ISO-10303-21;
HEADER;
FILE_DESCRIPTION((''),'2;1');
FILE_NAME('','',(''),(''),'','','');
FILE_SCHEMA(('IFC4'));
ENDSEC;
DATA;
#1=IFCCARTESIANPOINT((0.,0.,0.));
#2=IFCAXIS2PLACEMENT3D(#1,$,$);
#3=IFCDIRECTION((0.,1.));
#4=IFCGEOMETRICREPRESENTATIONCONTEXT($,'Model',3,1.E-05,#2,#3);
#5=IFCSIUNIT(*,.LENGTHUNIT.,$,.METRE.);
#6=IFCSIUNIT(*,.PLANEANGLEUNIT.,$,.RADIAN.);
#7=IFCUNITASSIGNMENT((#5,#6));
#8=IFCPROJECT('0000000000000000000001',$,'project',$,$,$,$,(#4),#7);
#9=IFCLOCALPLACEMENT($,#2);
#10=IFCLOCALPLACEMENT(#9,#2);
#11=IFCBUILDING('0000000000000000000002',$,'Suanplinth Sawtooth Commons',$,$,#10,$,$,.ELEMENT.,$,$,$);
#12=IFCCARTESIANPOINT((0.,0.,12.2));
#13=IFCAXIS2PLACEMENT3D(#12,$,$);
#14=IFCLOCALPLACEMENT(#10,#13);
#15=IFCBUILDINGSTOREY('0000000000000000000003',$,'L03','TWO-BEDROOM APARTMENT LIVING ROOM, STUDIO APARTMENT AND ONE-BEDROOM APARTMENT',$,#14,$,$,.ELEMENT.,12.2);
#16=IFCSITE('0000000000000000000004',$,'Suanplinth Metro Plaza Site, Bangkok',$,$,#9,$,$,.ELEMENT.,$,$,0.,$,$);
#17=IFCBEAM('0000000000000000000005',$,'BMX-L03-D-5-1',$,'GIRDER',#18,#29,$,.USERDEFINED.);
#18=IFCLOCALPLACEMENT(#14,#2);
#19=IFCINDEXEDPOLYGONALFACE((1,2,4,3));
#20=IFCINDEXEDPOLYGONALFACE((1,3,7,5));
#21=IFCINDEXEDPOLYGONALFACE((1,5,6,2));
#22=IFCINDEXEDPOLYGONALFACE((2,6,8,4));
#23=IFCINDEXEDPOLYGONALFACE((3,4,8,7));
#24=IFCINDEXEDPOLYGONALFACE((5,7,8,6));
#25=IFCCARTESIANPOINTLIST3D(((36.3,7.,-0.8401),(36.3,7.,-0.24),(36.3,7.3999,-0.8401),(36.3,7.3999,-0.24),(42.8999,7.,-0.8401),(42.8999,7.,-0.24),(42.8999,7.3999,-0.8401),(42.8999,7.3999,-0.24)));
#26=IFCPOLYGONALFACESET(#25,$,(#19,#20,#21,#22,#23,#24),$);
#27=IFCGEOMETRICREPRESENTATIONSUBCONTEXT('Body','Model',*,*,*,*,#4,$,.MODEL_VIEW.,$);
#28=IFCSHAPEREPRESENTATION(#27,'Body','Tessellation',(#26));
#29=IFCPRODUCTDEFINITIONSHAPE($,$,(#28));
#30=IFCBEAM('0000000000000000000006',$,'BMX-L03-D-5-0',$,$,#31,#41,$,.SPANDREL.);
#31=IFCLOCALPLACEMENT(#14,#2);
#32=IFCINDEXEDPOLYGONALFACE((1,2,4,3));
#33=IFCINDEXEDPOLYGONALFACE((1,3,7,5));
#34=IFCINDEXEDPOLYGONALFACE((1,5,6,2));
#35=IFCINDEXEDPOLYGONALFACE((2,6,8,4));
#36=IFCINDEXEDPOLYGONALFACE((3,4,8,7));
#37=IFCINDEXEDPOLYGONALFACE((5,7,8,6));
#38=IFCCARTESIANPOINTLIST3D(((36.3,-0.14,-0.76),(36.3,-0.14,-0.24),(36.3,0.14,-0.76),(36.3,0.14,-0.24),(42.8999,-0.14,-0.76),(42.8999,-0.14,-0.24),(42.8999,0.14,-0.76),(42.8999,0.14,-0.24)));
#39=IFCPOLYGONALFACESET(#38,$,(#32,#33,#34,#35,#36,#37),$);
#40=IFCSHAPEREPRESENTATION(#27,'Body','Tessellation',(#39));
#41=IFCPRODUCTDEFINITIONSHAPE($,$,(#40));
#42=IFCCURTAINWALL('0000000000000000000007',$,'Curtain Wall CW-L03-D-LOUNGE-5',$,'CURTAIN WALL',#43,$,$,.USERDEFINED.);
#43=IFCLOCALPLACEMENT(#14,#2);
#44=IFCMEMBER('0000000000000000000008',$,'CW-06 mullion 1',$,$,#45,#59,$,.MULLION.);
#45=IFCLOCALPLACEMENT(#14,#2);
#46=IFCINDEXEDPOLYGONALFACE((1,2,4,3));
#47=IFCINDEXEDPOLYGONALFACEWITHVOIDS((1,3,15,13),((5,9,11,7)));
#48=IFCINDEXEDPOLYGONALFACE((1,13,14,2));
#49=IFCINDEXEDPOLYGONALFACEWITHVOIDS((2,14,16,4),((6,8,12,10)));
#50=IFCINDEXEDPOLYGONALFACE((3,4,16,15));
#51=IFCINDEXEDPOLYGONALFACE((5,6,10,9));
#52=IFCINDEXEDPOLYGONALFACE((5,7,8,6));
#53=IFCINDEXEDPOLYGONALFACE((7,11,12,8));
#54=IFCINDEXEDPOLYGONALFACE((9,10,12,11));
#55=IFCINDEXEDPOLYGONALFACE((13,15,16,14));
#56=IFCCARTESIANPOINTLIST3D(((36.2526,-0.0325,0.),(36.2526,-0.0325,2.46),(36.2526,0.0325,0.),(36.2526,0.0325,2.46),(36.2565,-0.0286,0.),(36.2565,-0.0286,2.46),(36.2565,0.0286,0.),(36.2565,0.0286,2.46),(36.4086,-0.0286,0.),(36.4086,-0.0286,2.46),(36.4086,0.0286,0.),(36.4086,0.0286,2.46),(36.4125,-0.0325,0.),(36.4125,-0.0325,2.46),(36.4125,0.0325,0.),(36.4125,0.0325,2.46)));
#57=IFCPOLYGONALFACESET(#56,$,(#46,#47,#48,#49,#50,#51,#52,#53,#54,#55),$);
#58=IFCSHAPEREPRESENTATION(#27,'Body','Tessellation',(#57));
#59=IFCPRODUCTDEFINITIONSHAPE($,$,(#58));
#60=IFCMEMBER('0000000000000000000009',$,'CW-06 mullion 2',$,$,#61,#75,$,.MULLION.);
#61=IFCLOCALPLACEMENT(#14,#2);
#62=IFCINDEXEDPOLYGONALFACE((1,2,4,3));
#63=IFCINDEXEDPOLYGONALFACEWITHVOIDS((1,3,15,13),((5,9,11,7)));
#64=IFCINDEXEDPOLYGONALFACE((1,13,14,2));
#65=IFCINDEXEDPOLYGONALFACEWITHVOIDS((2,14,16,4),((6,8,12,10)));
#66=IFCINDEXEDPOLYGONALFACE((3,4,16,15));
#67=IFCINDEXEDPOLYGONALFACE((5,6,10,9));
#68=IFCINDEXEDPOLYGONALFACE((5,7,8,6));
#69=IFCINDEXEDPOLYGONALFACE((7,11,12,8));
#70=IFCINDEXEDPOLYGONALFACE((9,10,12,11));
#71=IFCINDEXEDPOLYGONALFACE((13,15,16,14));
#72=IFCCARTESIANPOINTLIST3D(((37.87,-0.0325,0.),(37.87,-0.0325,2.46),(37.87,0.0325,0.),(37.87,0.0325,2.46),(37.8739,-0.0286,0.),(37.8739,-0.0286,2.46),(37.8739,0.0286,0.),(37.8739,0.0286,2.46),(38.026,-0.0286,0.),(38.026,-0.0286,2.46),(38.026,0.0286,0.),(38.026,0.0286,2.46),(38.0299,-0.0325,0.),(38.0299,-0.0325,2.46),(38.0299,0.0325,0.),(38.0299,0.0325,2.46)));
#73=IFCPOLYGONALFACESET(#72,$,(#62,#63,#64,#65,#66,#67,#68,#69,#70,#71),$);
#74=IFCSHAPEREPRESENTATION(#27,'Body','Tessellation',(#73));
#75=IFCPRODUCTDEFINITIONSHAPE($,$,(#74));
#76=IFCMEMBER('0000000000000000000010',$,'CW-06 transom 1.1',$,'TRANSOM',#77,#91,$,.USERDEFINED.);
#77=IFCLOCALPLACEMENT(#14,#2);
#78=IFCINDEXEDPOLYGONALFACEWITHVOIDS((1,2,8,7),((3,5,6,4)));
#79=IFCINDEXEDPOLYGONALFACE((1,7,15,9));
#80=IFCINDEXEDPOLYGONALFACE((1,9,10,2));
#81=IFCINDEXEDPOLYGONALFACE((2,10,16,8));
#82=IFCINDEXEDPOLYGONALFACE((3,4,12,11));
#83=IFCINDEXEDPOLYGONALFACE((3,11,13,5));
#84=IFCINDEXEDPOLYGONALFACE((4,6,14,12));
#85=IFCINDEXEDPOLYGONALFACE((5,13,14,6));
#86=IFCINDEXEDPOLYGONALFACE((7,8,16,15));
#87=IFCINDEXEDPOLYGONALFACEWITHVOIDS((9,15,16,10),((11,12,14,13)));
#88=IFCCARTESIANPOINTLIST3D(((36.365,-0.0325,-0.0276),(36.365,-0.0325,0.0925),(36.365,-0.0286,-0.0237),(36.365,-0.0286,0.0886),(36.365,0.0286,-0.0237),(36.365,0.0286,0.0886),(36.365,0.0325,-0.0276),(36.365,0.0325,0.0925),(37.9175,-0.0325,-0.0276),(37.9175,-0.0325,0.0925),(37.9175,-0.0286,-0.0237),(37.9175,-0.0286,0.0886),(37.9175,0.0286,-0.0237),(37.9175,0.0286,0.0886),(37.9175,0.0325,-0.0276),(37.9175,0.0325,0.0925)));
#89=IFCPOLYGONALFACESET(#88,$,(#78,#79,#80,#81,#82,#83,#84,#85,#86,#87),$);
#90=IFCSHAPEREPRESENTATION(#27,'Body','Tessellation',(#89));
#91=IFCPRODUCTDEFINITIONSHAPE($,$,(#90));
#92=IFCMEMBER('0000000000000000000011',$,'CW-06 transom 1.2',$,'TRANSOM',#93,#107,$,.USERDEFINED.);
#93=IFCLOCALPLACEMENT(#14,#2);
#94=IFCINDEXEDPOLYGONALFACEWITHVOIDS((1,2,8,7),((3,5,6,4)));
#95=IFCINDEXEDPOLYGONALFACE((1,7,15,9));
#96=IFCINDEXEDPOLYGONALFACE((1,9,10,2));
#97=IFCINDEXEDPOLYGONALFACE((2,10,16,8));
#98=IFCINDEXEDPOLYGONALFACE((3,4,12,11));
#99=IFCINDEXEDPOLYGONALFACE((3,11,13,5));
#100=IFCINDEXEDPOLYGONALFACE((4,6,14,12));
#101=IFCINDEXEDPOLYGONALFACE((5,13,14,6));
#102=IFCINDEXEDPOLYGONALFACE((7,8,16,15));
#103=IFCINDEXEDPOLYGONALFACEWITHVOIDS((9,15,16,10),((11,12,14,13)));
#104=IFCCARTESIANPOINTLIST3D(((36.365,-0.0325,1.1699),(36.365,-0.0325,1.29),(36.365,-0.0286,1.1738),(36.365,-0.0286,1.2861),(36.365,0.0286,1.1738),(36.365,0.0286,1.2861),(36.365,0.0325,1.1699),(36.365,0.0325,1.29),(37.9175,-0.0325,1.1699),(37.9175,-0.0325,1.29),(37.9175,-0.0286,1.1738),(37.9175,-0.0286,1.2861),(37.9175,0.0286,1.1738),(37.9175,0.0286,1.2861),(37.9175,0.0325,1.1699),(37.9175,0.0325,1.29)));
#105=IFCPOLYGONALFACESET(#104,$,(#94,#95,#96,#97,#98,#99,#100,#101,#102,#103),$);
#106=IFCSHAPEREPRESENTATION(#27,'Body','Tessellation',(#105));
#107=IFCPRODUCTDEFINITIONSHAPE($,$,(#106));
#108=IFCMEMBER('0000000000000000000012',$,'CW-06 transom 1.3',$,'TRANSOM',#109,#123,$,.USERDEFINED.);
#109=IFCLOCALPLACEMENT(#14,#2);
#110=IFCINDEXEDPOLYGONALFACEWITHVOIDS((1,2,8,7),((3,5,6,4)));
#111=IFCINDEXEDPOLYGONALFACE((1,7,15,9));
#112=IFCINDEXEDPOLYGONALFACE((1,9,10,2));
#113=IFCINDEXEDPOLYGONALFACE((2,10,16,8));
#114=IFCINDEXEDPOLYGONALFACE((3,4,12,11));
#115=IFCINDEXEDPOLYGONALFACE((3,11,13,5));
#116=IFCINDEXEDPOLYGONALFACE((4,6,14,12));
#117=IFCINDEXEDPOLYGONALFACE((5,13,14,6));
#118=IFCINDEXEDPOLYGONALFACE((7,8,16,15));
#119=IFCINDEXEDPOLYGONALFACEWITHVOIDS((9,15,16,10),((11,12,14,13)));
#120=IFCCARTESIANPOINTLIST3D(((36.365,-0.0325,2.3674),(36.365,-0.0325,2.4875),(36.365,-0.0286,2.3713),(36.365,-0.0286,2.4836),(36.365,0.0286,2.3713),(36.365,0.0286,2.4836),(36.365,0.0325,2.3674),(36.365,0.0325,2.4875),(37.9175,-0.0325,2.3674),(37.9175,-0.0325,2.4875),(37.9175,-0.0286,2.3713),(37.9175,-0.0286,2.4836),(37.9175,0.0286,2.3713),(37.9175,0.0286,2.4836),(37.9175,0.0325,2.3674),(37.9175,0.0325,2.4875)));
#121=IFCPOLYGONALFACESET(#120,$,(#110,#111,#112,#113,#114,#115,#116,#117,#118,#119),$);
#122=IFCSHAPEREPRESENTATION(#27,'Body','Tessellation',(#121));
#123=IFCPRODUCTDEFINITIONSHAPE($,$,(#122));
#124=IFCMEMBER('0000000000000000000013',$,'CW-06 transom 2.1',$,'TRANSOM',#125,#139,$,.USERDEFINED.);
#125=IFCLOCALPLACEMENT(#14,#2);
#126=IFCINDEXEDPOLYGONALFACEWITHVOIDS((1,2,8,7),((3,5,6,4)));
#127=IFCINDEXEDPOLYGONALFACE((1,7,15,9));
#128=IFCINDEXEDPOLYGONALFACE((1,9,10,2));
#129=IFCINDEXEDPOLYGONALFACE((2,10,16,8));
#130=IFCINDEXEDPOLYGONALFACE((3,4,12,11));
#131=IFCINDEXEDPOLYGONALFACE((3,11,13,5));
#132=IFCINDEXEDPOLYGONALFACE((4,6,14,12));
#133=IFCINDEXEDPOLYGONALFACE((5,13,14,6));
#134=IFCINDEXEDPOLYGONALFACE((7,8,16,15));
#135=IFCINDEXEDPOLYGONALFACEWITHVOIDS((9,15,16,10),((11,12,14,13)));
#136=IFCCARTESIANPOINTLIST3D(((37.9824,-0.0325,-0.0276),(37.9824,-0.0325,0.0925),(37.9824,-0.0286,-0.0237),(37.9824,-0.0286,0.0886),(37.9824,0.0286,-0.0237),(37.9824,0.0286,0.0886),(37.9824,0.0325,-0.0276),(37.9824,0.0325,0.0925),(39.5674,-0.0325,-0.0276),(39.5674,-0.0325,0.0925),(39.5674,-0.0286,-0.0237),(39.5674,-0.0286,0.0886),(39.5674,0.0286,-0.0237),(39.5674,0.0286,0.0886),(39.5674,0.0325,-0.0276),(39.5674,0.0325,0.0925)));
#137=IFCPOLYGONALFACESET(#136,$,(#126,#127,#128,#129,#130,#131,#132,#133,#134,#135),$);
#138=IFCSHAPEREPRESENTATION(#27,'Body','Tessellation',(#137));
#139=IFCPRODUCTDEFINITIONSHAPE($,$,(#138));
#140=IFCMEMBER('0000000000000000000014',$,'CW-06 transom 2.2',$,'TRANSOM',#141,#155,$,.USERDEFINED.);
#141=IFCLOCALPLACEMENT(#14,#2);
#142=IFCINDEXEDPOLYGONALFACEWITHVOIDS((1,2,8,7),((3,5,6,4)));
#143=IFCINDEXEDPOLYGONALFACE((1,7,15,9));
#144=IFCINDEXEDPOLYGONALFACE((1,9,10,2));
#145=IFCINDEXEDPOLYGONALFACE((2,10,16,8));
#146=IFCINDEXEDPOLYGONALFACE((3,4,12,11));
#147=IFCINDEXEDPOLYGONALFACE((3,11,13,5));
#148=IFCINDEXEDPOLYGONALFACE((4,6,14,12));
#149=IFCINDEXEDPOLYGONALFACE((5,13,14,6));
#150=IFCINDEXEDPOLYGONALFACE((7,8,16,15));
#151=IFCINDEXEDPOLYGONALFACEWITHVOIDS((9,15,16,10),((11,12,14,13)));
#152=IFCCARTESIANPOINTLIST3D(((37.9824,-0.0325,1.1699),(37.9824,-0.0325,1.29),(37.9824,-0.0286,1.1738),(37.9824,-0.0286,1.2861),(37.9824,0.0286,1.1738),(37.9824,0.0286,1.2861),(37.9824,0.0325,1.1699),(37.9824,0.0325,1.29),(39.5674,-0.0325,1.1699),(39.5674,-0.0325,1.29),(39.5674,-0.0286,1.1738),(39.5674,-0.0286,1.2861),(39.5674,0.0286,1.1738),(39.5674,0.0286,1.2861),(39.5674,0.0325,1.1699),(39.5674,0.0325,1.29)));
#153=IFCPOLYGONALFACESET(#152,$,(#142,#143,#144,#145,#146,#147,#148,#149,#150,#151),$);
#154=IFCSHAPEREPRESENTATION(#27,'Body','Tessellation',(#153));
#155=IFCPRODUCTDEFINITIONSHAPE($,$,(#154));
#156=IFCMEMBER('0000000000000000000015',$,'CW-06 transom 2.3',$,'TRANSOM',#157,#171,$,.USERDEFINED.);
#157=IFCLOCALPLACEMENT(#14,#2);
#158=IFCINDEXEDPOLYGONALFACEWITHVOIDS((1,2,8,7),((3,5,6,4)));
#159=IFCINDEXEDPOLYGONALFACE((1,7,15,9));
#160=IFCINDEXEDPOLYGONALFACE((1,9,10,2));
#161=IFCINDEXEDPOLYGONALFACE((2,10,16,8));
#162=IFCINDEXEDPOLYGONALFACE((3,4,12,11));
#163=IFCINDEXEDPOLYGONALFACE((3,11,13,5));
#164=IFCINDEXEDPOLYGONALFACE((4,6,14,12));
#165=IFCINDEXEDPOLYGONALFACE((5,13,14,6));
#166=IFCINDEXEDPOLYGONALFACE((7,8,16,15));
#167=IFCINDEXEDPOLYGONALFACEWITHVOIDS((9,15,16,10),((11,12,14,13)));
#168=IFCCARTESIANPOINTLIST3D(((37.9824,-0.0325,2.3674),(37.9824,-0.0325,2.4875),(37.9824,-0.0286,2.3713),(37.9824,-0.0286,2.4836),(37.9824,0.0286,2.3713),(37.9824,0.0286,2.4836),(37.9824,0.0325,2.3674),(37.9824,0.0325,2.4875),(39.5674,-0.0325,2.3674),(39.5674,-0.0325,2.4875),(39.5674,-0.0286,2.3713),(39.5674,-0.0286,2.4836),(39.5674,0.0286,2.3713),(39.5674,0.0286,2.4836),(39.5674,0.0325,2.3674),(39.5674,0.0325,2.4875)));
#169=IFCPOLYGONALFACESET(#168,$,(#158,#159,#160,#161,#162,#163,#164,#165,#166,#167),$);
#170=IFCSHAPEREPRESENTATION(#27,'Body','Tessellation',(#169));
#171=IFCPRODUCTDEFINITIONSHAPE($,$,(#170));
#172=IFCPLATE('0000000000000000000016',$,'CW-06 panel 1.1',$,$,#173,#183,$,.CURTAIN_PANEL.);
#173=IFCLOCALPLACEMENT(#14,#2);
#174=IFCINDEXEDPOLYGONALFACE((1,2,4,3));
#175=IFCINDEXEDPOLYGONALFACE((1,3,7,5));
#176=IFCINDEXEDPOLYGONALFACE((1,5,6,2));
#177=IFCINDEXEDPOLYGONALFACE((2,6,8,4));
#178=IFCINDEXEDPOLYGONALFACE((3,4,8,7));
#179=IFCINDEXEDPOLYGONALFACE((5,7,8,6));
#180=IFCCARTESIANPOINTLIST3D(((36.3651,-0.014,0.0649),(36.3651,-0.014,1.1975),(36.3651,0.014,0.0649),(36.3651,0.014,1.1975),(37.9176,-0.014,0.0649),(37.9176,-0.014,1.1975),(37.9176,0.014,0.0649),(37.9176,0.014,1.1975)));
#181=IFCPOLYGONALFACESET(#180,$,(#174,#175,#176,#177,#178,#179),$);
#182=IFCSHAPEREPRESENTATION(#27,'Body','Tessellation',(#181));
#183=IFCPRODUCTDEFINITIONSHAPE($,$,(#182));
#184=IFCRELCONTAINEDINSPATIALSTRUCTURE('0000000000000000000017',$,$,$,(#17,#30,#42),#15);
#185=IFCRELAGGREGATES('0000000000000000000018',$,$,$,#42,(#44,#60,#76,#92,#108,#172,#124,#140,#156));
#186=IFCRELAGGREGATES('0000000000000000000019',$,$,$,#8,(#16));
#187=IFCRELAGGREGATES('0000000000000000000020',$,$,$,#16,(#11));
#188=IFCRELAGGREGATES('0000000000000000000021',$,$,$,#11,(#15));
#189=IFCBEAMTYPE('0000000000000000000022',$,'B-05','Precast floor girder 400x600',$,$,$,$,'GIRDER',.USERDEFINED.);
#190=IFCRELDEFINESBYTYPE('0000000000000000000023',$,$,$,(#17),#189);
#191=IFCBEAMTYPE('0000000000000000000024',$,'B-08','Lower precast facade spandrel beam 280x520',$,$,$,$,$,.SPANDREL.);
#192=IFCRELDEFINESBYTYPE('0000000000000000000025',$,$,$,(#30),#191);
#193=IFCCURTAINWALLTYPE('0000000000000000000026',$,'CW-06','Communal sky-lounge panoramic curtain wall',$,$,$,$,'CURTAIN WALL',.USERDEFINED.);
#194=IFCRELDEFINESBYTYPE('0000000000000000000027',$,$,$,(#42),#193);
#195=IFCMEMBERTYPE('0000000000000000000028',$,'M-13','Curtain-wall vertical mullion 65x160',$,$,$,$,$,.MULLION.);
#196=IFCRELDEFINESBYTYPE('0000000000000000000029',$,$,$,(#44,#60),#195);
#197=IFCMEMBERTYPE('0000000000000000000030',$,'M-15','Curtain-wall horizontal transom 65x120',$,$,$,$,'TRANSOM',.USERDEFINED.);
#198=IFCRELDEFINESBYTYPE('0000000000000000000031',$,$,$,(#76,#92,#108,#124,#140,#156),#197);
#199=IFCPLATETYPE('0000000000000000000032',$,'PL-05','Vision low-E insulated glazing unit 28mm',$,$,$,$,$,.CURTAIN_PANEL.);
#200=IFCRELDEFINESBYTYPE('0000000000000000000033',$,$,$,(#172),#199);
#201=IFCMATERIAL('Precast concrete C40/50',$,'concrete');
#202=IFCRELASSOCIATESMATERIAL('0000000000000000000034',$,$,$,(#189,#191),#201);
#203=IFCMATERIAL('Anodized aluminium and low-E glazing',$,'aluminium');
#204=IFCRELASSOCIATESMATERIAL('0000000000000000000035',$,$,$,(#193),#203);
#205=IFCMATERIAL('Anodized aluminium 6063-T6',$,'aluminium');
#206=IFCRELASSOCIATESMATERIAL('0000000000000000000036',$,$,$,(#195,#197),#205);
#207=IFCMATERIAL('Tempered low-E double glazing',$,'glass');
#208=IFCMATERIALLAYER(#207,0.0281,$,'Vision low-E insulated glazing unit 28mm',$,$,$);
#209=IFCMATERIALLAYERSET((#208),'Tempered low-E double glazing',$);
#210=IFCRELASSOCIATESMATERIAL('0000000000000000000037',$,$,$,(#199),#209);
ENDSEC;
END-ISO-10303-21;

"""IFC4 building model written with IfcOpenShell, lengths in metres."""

from ifc_helpers import new_model, si_unit, direction, frame, origin, origin_2d, place, context, subcontext, project, spatial, rectangle, hollow_rectangle, extrude, material, layer, layer_set, material_profile, profile_set, type_object, element, aggregate, save


model = new_model("IFC4")

# Units and contexts
model_context = context("Model", 3, precision=1e-05, world=origin(), true_north=direction((0.0, 1.0)))
body_context = subcontext(model_context, "Body", "Model", "MODEL_VIEW")
ifc_project = project(units=[si_unit("LENGTHUNIT", "METRE"), si_unit("PLANEANGLEUNIT", "RADIAN")], contexts=[model_context])

# Site, building, storey
site_placement = place(None, origin())
site = spatial("IfcSite", under=ifc_project, at=site_placement, Name="Suanplinth Metro Plaza Site, Bangkok", CompositionType="ELEMENT", RefElevation=0.0)
building_placement = place(site_placement, origin())
building = spatial("IfcBuilding", under=site, at=building_placement, Name="Suanplinth Sawtooth Commons", CompositionType="ELEMENT")
storey_placement = place(building_placement, frame((0.0, 0.0, 12.2)))
storey = spatial("IfcBuildingStorey", under=building, at=storey_placement, Name="L03", Description="TWO-BEDROOM APARTMENT LIVING ROOM, STUDIO APARTMENT AND ONE-BEDROOM APARTMENT", CompositionType="ELEMENT", Elevation=12.2)

# Beams
ifc_material_1 = material(Name="Precast concrete C40/50", Category="concrete")
ifc_material_profile_1 = material_profile(ifc_material_1, rectangle(XDim=0.3999, YDim=0.6001, at=origin_2d()), Name="PC-GDR 400x600")
ifc_profile_set_1 = profile_set([ifc_material_profile_1], Name="Precast concrete C40/50")
beam_type_1 = type_object("IfcBeamType", Name="B-05", Description="Precast floor girder 400x600", ElementType="GIRDER", PredefinedType="USERDEFINED", material=ifc_profile_set_1)
beam_1_placement = place(storey_placement, frame((36.3, 7.2, -0.54), z_axis=(1.0, 0.0, 0.0), x_axis=(0.0, 1.0, 0.0)))
element("IfcBeam", 1, at=beam_1_placement, inside=storey, type_object=beam_type_1, Name="BMX-L03-D-5-1", ObjectType="GIRDER", PredefinedType="USERDEFINED", context=body_context, shape_type="SweptSolid", body=[
    extrude(rectangle(XDim=0.3999, YDim=0.6001, at=origin_2d()), origin(), (0.0, 0.0, 1.0), 6.5999),
])
ifc_material_profile_2 = material_profile(ifc_material_1, rectangle(XDim=0.28, YDim=0.52, at=origin_2d()), Name="PC-SP 280x520")
ifc_profile_set_2 = profile_set([ifc_material_profile_2], Name="Precast concrete C40/50")
beam_type_2 = type_object("IfcBeamType", Name="B-08", Description="Lower precast facade spandrel beam 280x520", PredefinedType="SPANDREL", material=ifc_profile_set_2)
beam_2_placement = place(storey_placement, frame((36.3, 0.0, -0.5), z_axis=(1.0, 0.0, 0.0), x_axis=(0.0, 1.0, 0.0)))
element("IfcBeam", 2, at=beam_2_placement, inside=storey, type_object=beam_type_2, Name="BMX-L03-D-5-0", PredefinedType="SPANDREL", context=body_context, shape_type="SweptSolid", body=[
    extrude(rectangle(XDim=0.28, YDim=0.52, at=origin_2d()), origin(), (0.0, 0.0, 1.0), 6.5999),
])

# Curtain wall, members, plate
ifc_material_2 = material(Name="Anodized aluminium and low-E glazing", Category="aluminium")
curtain_wall_type = type_object("IfcCurtainWallType", Name="CW-06", Description="Communal sky-lounge panoramic curtain wall", ElementType="CURTAIN WALL", PredefinedType="USERDEFINED", material=ifc_material_2)
curtain_wall_placement = place(storey_placement, origin())
curtain_wall = element("IfcCurtainWall", 3, at=curtain_wall_placement, inside=storey, type_object=curtain_wall_type, Name="Curtain Wall CW-L03-D-LOUNGE-5", ObjectType="CURTAIN WALL", PredefinedType="USERDEFINED")
ifc_material_3 = material(Name="Anodized aluminium 6063-T6", Category="aluminium")
ifc_material_profile_3 = material_profile(ifc_material_3, hollow_rectangle(XDim=0.0649, YDim=0.1599, WallThickness=0.0039, at=origin_2d()), Name="ALU-MUL 65x160")
ifc_profile_set_3 = profile_set([ifc_material_profile_3], Name="Anodized aluminium 6063-T6")
member_type_1 = type_object("IfcMemberType", Name="M-13", Description="Curtain-wall vertical mullion 65x160", PredefinedType="MULLION", material=ifc_profile_set_3)
member_1_placement = place(storey_placement, frame((36.3325, 0.0, 0.0), z_axis=(0.0, 0.0, 1.0), x_axis=(0.0, 1.0, 0.0)))
member_1 = element("IfcMember", 4, at=member_1_placement, type_object=member_type_1, Name="CW-06 mullion 1", PredefinedType="MULLION", context=body_context, shape_type="SweptSolid", body=[
    extrude(hollow_rectangle(XDim=0.0649, YDim=0.1599, WallThickness=0.0039, at=origin_2d()), origin(), (0.0, 0.0, 1.0), 2.46),
])
member_2_placement = place(storey_placement, frame((37.95, 0.0, 0.0), z_axis=(0.0, 0.0, 1.0), x_axis=(0.0, 1.0, 0.0)))
member_2 = element("IfcMember", 5, at=member_2_placement, type_object=member_type_1, Name="CW-06 mullion 2", PredefinedType="MULLION", context=body_context, shape_type="SweptSolid", body=[
    extrude(hollow_rectangle(XDim=0.0649, YDim=0.1599, WallThickness=0.0039, at=origin_2d()), origin(), (0.0, 0.0, 1.0), 2.46),
])
ifc_material_profile_4 = material_profile(ifc_material_3, hollow_rectangle(XDim=0.0649, YDim=0.1201, WallThickness=0.0039, at=origin_2d()), Name="ALU-TRN 65x120")
ifc_profile_set_4 = profile_set([ifc_material_profile_4], Name="Anodized aluminium 6063-T6")
member_type_2 = type_object("IfcMemberType", Name="M-15", Description="Curtain-wall horizontal transom 65x120", ElementType="TRANSOM", PredefinedType="USERDEFINED", material=ifc_profile_set_4)
member_3_placement = place(storey_placement, frame((36.365, 0.0, 0.0325), z_axis=(1.0, 0.0, 0.0), x_axis=(0.0, 1.0, 0.0)))
member_3 = element("IfcMember", 6, at=member_3_placement, type_object=member_type_2, Name="CW-06 transom 1.1", ObjectType="TRANSOM", PredefinedType="USERDEFINED", context=body_context, shape_type="SweptSolid", body=[
    extrude(hollow_rectangle(XDim=0.0649, YDim=0.1201, WallThickness=0.0039, at=origin_2d()), origin(), (0.0, 0.0, 1.0), 1.5525),
])
member_4_placement = place(storey_placement, frame((36.365, 0.0, 1.23), z_axis=(1.0, 0.0, 0.0), x_axis=(0.0, 1.0, 0.0)))
member_4 = element("IfcMember", 7, at=member_4_placement, type_object=member_type_2, Name="CW-06 transom 1.2", ObjectType="TRANSOM", PredefinedType="USERDEFINED", context=body_context, shape_type="SweptSolid", body=[
    extrude(hollow_rectangle(XDim=0.0649, YDim=0.1201, WallThickness=0.0039, at=origin_2d()), origin(), (0.0, 0.0, 1.0), 1.5525),
])
member_5_placement = place(storey_placement, frame((36.365, 0.0, 2.4275), z_axis=(1.0, 0.0, 0.0), x_axis=(0.0, 1.0, 0.0)))
member_5 = element("IfcMember", 8, at=member_5_placement, type_object=member_type_2, Name="CW-06 transom 1.3", ObjectType="TRANSOM", PredefinedType="USERDEFINED", context=body_context, shape_type="SweptSolid", body=[
    extrude(hollow_rectangle(XDim=0.0649, YDim=0.1201, WallThickness=0.0039, at=origin_2d()), origin(), (0.0, 0.0, 1.0), 1.5525),
])
member_6_placement = place(storey_placement, frame((37.9824, 0.0, 0.0325), z_axis=(1.0, 0.0, 0.0), x_axis=(0.0, 1.0, 0.0)))
member_6 = element("IfcMember", 9, at=member_6_placement, type_object=member_type_2, Name="CW-06 transom 2.1", ObjectType="TRANSOM", PredefinedType="USERDEFINED", context=body_context, shape_type="SweptSolid", body=[
    extrude(hollow_rectangle(XDim=0.0649, YDim=0.1201, WallThickness=0.0039, at=origin_2d()), origin(), (0.0, 0.0, 1.0), 1.585),
])
member_7_placement = place(storey_placement, frame((37.9824, 0.0, 1.23), z_axis=(1.0, 0.0, 0.0), x_axis=(0.0, 1.0, 0.0)))
member_7 = element("IfcMember", 10, at=member_7_placement, type_object=member_type_2, Name="CW-06 transom 2.2", ObjectType="TRANSOM", PredefinedType="USERDEFINED", context=body_context, shape_type="SweptSolid", body=[
    extrude(hollow_rectangle(XDim=0.0649, YDim=0.1201, WallThickness=0.0039, at=origin_2d()), origin(), (0.0, 0.0, 1.0), 1.585),
])
member_8_placement = place(storey_placement, frame((37.9824, 0.0, 2.4275), z_axis=(1.0, 0.0, 0.0), x_axis=(0.0, 1.0, 0.0)))
member_8 = element("IfcMember", 11, at=member_8_placement, type_object=member_type_2, Name="CW-06 transom 2.3", ObjectType="TRANSOM", PredefinedType="USERDEFINED", context=body_context, shape_type="SweptSolid", body=[
    extrude(hollow_rectangle(XDim=0.0649, YDim=0.1201, WallThickness=0.0039, at=origin_2d()), origin(), (0.0, 0.0, 1.0), 1.585),
])
ifc_material_4 = material(Name="Tempered low-E double glazing", Category="glass")
ifc_layer_1 = layer(ifc_material_4, 0.0281, Name="Vision low-E insulated glazing unit 28mm")
ifc_layer_set_1 = layer_set([ifc_layer_1], Name="Tempered low-E double glazing")
plate_type = type_object("IfcPlateType", Name="PL-05", Description="Vision low-E insulated glazing unit 28mm", PredefinedType="CURTAIN_PANEL", material=ifc_layer_set_1)
plate_1_placement = place(storey_placement, frame((37.1414, 0.0, 0.0649), z_axis=(0.0, 0.0, 1.0), x_axis=(1.0, 0.0, 0.0)))
plate_1 = element("IfcPlate", 12, at=plate_1_placement, type_object=plate_type, Name="CW-06 panel 1.1", PredefinedType="CURTAIN_PANEL", context=body_context, shape_type="SweptSolid", body=[
    extrude(rectangle(XDim=1.5525, YDim=0.0281, at=origin_2d()), origin(), (0.0, 0.0, 1.0), 1.1326),
])
aggregate(curtain_wall, [member_1, member_2, member_3, member_4, member_5, plate_1, member_6, member_7, member_8])

save(model, "model.ifc")
